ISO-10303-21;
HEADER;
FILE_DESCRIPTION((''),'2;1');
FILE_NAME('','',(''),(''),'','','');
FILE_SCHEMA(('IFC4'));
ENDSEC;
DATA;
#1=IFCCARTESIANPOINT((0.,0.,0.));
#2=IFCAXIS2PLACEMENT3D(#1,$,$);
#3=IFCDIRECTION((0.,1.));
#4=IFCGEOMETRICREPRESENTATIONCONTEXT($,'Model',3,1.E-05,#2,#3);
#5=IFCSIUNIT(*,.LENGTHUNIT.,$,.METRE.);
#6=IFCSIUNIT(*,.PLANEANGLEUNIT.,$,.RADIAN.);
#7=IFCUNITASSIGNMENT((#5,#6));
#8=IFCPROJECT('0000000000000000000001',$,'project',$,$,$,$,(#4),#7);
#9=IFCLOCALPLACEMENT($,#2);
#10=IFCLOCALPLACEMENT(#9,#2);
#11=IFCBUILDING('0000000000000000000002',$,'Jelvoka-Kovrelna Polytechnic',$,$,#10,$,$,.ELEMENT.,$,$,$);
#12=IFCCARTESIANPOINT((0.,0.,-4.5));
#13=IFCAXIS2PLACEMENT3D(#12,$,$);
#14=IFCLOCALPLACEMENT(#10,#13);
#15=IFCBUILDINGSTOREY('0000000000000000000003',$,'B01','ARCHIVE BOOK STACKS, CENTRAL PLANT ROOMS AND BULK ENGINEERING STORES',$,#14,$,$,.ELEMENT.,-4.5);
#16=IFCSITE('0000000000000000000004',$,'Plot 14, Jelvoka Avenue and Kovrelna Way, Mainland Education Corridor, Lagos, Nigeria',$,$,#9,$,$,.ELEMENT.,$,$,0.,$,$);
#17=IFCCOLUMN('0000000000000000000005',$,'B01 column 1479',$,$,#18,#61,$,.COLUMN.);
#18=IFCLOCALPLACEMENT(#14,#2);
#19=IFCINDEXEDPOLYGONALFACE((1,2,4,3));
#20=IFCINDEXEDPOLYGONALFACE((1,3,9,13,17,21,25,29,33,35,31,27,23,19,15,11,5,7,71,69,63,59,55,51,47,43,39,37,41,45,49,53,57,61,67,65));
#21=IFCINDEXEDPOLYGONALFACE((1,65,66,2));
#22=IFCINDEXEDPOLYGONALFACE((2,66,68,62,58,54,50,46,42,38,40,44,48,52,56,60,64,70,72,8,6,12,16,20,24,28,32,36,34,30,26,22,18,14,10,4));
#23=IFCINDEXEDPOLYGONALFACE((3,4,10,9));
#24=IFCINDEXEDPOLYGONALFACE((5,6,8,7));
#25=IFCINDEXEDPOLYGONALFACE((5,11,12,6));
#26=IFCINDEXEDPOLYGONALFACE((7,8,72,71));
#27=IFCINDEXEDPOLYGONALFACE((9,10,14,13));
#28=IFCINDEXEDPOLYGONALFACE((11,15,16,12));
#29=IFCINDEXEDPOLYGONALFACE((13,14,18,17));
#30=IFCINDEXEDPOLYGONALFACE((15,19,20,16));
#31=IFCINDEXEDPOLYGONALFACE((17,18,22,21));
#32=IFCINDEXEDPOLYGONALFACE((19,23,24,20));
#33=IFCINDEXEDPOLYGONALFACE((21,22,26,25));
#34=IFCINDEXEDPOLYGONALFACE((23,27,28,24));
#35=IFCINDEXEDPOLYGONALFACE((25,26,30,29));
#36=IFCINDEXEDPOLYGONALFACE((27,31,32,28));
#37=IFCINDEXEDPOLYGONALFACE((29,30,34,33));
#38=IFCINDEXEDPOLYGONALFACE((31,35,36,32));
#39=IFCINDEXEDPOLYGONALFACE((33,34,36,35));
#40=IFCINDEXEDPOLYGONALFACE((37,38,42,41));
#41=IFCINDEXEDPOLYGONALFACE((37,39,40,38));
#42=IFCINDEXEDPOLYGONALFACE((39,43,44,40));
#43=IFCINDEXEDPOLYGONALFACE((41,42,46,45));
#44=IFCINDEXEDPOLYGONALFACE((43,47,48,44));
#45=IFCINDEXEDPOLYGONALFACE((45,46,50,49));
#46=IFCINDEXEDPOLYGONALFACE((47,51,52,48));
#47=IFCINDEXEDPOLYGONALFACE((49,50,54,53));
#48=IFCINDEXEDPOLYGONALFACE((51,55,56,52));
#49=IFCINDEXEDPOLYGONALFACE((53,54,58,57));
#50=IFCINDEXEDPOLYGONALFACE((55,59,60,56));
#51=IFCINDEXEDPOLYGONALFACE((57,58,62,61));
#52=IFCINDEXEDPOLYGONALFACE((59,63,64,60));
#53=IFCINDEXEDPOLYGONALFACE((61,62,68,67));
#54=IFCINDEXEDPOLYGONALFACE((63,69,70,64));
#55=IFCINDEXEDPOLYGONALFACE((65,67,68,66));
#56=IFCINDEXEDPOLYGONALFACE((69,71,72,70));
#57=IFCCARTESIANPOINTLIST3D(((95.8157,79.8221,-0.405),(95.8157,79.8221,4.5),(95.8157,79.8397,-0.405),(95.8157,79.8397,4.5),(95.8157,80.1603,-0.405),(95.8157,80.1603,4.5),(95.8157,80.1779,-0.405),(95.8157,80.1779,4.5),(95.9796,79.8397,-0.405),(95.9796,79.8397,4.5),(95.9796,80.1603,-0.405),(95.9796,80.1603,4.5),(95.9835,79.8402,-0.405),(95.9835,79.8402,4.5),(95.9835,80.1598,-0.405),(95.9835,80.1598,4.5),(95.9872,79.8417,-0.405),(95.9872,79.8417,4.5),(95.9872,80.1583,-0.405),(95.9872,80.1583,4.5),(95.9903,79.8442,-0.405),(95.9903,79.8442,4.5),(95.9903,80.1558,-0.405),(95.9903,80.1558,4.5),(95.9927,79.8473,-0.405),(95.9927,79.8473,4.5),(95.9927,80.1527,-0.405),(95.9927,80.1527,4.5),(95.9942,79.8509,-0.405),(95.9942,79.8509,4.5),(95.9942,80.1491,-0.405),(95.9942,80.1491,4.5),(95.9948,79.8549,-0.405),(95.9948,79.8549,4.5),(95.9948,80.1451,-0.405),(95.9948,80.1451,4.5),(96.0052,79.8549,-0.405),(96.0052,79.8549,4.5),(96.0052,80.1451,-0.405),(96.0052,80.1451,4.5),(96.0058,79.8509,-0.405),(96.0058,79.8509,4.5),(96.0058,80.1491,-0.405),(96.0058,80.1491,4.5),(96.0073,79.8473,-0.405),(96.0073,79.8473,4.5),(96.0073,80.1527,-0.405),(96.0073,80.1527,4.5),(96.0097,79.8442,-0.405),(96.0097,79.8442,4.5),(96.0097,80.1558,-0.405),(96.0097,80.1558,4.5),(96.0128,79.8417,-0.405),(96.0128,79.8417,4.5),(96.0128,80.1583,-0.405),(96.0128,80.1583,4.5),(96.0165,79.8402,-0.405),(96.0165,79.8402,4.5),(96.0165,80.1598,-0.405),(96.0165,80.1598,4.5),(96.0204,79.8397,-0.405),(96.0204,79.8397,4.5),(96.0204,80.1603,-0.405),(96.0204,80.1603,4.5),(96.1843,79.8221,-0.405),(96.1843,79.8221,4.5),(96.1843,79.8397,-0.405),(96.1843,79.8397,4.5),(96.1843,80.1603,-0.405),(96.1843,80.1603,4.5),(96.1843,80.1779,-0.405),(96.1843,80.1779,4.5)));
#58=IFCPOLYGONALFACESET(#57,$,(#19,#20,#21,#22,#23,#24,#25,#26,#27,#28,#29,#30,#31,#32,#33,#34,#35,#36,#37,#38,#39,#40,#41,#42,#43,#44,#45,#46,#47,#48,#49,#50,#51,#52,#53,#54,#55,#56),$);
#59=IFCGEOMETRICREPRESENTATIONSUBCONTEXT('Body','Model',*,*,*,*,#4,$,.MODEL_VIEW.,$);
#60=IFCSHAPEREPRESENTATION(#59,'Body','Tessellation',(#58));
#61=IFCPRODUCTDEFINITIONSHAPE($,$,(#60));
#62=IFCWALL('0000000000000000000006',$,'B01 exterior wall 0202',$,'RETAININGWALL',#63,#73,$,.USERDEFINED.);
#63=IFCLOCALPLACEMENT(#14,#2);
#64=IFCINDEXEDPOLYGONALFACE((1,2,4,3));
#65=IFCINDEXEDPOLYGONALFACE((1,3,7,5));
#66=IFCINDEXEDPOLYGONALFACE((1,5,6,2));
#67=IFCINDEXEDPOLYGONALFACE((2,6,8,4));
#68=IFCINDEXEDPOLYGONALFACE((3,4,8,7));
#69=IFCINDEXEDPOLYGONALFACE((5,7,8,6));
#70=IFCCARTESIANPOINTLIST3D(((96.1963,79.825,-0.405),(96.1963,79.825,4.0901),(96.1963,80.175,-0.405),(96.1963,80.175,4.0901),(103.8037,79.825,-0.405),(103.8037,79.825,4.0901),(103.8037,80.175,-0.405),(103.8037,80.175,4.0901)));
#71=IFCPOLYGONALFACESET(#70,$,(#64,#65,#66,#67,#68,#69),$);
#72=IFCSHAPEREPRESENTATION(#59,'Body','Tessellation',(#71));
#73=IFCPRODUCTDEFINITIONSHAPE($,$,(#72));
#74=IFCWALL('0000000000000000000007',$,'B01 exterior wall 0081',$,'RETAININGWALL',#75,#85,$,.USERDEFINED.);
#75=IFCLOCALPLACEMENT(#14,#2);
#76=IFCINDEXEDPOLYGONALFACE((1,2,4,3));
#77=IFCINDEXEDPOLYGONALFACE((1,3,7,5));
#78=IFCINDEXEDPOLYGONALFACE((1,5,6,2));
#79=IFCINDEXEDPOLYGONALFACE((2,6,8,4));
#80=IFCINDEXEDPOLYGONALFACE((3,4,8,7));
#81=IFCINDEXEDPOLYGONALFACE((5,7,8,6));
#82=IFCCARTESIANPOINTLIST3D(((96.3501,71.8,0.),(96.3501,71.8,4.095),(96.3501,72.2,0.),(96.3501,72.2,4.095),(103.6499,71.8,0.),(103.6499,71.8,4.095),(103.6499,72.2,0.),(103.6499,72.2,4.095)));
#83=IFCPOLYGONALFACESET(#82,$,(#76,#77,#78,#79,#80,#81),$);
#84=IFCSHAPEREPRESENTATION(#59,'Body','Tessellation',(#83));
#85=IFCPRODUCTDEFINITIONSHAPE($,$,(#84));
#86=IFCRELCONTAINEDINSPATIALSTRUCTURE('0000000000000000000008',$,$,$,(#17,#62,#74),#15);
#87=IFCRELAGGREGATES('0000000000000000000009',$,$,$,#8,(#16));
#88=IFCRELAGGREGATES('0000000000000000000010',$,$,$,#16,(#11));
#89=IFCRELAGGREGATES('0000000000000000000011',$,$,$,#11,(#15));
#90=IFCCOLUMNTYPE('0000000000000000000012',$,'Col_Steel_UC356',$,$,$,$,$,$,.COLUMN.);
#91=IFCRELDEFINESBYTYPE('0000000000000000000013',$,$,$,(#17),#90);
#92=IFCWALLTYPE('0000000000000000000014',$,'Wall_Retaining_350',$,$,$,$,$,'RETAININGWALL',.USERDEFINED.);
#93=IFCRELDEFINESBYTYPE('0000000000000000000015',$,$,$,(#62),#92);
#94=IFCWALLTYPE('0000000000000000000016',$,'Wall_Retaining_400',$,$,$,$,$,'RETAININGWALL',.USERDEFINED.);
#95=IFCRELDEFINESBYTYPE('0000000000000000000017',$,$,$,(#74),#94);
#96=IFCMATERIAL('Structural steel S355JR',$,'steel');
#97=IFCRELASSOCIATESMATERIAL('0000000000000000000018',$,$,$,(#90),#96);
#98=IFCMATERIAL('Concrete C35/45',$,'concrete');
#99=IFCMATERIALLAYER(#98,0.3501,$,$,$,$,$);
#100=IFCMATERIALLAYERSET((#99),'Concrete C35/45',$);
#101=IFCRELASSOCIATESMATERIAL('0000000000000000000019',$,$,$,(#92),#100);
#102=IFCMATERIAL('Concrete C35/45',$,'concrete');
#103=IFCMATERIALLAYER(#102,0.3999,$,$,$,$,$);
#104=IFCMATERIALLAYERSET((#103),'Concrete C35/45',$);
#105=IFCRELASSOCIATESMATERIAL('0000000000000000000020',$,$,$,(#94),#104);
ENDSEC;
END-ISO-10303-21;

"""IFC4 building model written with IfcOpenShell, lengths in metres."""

from ifc_helpers import new_model, si_unit, direction, frame, frame_2d, origin, origin_2d, place, context, subcontext, project, spatial, rectangle, i_section, extrude, material, layer, layer_set, material_profile, profile_set, type_object, element, save


model = new_model("IFC4")

# Units and contexts
model_context = context("Model", 3, precision=1e-05, world=origin(), true_north=direction((0.0, 1.0)))
body_context = subcontext(model_context, "Body", "Model", "MODEL_VIEW")
ifc_project = project(units=[si_unit("LENGTHUNIT", "METRE"), si_unit("PLANEANGLEUNIT", "RADIAN")], contexts=[model_context])

# Site, building, storey
site_placement = place(None, origin())
site = spatial("IfcSite", under=ifc_project, at=site_placement, Name="Plot 14, Jelvoka Avenue and Kovrelna Way, Mainland Education Corridor, Lagos, Nigeria", CompositionType="ELEMENT", RefElevation=0.0)
building_placement = place(site_placement, origin())
building = spatial("IfcBuilding", under=site, at=building_placement, Name="Jelvoka-Kovrelna Polytechnic", CompositionType="ELEMENT")
storey_placement = place(building_placement, frame((0.0, 0.0, -4.5)))
storey = spatial("IfcBuildingStorey", under=building, at=storey_placement, Name="B01", Description="ARCHIVE BOOK STACKS, CENTRAL PLANT ROOMS AND BULK ENGINEERING STORES", CompositionType="ELEMENT", Elevation=-4.5)

# Column
ifc_material_1 = material(Name="Structural steel S355JR", Category="steel")
ifc_material_profile_1 = material_profile(ifc_material_1, i_section(OverallWidth=0.3687, OverallDepth=0.3557, WebThickness=0.0105, FlangeThickness=0.0176, FilletRadius=0.0151, at=origin_2d()), Name="356x368x129 UC")
ifc_profile_set_1 = profile_set([ifc_material_profile_1], Name="Structural steel S355JR")
column_type_1 = type_object("IfcColumnType", Name="Col_Steel_UC356", PredefinedType="COLUMN", material=ifc_profile_set_1)
column_1_placement = place(storey_placement, frame((96.0, 80.0, -0.405), z_axis=(0.0, 0.0, 1.0), x_axis=(1.0, 0.0, 0.0)))
element("IfcColumn", 1, at=column_1_placement, inside=storey, type_object=column_type_1, Name="B01 column 1479", PredefinedType="COLUMN", context=body_context, shape_type="SweptSolid", body=[
    extrude(i_section(OverallWidth=0.3687, OverallDepth=0.3557, WebThickness=0.0105, FlangeThickness=0.0176, FilletRadius=0.0151, at=origin_2d()), origin(), (0.0, 0.0, 1.0), 4.905),
])

# Walls
ifc_material_2 = material(Name="Concrete C35/45", Category="concrete")
ifc_layer_1 = layer(ifc_material_2, 0.3501)
ifc_layer_set_1 = layer_set([ifc_layer_1], Name="Concrete C35/45")
wall_type_1 = type_object("IfcWallType", Name="Wall_Retaining_350", ElementType="RETAININGWALL", PredefinedType="USERDEFINED", material=ifc_layer_set_1)
wall_1_placement = place(storey_placement, frame((96.1963, 80.0, -0.405), z_axis=(0.0, 0.0, 1.0), x_axis=(1.0, 0.0, 0.0)))
element("IfcWall", 2, at=wall_1_placement, inside=storey, type_object=wall_type_1, Name="B01 exterior wall 0202", ObjectType="RETAININGWALL", PredefinedType="USERDEFINED", context=body_context, shape_type="SweptSolid", body=[
    extrude(rectangle(XDim=7.6074, YDim=0.3501, at=frame_2d((3.8037, 0.0))), origin(), (0.0, 0.0, 1.0), 4.4951),
])
ifc_material_3 = material(Name="Concrete C35/45", Category="concrete")
ifc_layer_2 = layer(ifc_material_3, 0.3999)
ifc_layer_set_2 = layer_set([ifc_layer_2], Name="Concrete C35/45")
wall_type_2 = type_object("IfcWallType", Name="Wall_Retaining_400", ElementType="RETAININGWALL", PredefinedType="USERDEFINED", material=ifc_layer_set_2)
wall_2_placement = place(storey_placement, frame((96.3501, 72.0, 0.0), z_axis=(0.0, 0.0, 1.0), x_axis=(1.0, 0.0, 0.0)))
element("IfcWall", 3, at=wall_2_placement, inside=storey, type_object=wall_type_2, Name="B01 exterior wall 0081", ObjectType="RETAININGWALL", PredefinedType="USERDEFINED", context=body_context, shape_type="SweptSolid", body=[
    extrude(rectangle(XDim=7.2998, YDim=0.3999, at=frame_2d((3.6499, 0.0))), origin(), (0.0, 0.0, 1.0), 4.095),
])

save(model, "model.ifc")
